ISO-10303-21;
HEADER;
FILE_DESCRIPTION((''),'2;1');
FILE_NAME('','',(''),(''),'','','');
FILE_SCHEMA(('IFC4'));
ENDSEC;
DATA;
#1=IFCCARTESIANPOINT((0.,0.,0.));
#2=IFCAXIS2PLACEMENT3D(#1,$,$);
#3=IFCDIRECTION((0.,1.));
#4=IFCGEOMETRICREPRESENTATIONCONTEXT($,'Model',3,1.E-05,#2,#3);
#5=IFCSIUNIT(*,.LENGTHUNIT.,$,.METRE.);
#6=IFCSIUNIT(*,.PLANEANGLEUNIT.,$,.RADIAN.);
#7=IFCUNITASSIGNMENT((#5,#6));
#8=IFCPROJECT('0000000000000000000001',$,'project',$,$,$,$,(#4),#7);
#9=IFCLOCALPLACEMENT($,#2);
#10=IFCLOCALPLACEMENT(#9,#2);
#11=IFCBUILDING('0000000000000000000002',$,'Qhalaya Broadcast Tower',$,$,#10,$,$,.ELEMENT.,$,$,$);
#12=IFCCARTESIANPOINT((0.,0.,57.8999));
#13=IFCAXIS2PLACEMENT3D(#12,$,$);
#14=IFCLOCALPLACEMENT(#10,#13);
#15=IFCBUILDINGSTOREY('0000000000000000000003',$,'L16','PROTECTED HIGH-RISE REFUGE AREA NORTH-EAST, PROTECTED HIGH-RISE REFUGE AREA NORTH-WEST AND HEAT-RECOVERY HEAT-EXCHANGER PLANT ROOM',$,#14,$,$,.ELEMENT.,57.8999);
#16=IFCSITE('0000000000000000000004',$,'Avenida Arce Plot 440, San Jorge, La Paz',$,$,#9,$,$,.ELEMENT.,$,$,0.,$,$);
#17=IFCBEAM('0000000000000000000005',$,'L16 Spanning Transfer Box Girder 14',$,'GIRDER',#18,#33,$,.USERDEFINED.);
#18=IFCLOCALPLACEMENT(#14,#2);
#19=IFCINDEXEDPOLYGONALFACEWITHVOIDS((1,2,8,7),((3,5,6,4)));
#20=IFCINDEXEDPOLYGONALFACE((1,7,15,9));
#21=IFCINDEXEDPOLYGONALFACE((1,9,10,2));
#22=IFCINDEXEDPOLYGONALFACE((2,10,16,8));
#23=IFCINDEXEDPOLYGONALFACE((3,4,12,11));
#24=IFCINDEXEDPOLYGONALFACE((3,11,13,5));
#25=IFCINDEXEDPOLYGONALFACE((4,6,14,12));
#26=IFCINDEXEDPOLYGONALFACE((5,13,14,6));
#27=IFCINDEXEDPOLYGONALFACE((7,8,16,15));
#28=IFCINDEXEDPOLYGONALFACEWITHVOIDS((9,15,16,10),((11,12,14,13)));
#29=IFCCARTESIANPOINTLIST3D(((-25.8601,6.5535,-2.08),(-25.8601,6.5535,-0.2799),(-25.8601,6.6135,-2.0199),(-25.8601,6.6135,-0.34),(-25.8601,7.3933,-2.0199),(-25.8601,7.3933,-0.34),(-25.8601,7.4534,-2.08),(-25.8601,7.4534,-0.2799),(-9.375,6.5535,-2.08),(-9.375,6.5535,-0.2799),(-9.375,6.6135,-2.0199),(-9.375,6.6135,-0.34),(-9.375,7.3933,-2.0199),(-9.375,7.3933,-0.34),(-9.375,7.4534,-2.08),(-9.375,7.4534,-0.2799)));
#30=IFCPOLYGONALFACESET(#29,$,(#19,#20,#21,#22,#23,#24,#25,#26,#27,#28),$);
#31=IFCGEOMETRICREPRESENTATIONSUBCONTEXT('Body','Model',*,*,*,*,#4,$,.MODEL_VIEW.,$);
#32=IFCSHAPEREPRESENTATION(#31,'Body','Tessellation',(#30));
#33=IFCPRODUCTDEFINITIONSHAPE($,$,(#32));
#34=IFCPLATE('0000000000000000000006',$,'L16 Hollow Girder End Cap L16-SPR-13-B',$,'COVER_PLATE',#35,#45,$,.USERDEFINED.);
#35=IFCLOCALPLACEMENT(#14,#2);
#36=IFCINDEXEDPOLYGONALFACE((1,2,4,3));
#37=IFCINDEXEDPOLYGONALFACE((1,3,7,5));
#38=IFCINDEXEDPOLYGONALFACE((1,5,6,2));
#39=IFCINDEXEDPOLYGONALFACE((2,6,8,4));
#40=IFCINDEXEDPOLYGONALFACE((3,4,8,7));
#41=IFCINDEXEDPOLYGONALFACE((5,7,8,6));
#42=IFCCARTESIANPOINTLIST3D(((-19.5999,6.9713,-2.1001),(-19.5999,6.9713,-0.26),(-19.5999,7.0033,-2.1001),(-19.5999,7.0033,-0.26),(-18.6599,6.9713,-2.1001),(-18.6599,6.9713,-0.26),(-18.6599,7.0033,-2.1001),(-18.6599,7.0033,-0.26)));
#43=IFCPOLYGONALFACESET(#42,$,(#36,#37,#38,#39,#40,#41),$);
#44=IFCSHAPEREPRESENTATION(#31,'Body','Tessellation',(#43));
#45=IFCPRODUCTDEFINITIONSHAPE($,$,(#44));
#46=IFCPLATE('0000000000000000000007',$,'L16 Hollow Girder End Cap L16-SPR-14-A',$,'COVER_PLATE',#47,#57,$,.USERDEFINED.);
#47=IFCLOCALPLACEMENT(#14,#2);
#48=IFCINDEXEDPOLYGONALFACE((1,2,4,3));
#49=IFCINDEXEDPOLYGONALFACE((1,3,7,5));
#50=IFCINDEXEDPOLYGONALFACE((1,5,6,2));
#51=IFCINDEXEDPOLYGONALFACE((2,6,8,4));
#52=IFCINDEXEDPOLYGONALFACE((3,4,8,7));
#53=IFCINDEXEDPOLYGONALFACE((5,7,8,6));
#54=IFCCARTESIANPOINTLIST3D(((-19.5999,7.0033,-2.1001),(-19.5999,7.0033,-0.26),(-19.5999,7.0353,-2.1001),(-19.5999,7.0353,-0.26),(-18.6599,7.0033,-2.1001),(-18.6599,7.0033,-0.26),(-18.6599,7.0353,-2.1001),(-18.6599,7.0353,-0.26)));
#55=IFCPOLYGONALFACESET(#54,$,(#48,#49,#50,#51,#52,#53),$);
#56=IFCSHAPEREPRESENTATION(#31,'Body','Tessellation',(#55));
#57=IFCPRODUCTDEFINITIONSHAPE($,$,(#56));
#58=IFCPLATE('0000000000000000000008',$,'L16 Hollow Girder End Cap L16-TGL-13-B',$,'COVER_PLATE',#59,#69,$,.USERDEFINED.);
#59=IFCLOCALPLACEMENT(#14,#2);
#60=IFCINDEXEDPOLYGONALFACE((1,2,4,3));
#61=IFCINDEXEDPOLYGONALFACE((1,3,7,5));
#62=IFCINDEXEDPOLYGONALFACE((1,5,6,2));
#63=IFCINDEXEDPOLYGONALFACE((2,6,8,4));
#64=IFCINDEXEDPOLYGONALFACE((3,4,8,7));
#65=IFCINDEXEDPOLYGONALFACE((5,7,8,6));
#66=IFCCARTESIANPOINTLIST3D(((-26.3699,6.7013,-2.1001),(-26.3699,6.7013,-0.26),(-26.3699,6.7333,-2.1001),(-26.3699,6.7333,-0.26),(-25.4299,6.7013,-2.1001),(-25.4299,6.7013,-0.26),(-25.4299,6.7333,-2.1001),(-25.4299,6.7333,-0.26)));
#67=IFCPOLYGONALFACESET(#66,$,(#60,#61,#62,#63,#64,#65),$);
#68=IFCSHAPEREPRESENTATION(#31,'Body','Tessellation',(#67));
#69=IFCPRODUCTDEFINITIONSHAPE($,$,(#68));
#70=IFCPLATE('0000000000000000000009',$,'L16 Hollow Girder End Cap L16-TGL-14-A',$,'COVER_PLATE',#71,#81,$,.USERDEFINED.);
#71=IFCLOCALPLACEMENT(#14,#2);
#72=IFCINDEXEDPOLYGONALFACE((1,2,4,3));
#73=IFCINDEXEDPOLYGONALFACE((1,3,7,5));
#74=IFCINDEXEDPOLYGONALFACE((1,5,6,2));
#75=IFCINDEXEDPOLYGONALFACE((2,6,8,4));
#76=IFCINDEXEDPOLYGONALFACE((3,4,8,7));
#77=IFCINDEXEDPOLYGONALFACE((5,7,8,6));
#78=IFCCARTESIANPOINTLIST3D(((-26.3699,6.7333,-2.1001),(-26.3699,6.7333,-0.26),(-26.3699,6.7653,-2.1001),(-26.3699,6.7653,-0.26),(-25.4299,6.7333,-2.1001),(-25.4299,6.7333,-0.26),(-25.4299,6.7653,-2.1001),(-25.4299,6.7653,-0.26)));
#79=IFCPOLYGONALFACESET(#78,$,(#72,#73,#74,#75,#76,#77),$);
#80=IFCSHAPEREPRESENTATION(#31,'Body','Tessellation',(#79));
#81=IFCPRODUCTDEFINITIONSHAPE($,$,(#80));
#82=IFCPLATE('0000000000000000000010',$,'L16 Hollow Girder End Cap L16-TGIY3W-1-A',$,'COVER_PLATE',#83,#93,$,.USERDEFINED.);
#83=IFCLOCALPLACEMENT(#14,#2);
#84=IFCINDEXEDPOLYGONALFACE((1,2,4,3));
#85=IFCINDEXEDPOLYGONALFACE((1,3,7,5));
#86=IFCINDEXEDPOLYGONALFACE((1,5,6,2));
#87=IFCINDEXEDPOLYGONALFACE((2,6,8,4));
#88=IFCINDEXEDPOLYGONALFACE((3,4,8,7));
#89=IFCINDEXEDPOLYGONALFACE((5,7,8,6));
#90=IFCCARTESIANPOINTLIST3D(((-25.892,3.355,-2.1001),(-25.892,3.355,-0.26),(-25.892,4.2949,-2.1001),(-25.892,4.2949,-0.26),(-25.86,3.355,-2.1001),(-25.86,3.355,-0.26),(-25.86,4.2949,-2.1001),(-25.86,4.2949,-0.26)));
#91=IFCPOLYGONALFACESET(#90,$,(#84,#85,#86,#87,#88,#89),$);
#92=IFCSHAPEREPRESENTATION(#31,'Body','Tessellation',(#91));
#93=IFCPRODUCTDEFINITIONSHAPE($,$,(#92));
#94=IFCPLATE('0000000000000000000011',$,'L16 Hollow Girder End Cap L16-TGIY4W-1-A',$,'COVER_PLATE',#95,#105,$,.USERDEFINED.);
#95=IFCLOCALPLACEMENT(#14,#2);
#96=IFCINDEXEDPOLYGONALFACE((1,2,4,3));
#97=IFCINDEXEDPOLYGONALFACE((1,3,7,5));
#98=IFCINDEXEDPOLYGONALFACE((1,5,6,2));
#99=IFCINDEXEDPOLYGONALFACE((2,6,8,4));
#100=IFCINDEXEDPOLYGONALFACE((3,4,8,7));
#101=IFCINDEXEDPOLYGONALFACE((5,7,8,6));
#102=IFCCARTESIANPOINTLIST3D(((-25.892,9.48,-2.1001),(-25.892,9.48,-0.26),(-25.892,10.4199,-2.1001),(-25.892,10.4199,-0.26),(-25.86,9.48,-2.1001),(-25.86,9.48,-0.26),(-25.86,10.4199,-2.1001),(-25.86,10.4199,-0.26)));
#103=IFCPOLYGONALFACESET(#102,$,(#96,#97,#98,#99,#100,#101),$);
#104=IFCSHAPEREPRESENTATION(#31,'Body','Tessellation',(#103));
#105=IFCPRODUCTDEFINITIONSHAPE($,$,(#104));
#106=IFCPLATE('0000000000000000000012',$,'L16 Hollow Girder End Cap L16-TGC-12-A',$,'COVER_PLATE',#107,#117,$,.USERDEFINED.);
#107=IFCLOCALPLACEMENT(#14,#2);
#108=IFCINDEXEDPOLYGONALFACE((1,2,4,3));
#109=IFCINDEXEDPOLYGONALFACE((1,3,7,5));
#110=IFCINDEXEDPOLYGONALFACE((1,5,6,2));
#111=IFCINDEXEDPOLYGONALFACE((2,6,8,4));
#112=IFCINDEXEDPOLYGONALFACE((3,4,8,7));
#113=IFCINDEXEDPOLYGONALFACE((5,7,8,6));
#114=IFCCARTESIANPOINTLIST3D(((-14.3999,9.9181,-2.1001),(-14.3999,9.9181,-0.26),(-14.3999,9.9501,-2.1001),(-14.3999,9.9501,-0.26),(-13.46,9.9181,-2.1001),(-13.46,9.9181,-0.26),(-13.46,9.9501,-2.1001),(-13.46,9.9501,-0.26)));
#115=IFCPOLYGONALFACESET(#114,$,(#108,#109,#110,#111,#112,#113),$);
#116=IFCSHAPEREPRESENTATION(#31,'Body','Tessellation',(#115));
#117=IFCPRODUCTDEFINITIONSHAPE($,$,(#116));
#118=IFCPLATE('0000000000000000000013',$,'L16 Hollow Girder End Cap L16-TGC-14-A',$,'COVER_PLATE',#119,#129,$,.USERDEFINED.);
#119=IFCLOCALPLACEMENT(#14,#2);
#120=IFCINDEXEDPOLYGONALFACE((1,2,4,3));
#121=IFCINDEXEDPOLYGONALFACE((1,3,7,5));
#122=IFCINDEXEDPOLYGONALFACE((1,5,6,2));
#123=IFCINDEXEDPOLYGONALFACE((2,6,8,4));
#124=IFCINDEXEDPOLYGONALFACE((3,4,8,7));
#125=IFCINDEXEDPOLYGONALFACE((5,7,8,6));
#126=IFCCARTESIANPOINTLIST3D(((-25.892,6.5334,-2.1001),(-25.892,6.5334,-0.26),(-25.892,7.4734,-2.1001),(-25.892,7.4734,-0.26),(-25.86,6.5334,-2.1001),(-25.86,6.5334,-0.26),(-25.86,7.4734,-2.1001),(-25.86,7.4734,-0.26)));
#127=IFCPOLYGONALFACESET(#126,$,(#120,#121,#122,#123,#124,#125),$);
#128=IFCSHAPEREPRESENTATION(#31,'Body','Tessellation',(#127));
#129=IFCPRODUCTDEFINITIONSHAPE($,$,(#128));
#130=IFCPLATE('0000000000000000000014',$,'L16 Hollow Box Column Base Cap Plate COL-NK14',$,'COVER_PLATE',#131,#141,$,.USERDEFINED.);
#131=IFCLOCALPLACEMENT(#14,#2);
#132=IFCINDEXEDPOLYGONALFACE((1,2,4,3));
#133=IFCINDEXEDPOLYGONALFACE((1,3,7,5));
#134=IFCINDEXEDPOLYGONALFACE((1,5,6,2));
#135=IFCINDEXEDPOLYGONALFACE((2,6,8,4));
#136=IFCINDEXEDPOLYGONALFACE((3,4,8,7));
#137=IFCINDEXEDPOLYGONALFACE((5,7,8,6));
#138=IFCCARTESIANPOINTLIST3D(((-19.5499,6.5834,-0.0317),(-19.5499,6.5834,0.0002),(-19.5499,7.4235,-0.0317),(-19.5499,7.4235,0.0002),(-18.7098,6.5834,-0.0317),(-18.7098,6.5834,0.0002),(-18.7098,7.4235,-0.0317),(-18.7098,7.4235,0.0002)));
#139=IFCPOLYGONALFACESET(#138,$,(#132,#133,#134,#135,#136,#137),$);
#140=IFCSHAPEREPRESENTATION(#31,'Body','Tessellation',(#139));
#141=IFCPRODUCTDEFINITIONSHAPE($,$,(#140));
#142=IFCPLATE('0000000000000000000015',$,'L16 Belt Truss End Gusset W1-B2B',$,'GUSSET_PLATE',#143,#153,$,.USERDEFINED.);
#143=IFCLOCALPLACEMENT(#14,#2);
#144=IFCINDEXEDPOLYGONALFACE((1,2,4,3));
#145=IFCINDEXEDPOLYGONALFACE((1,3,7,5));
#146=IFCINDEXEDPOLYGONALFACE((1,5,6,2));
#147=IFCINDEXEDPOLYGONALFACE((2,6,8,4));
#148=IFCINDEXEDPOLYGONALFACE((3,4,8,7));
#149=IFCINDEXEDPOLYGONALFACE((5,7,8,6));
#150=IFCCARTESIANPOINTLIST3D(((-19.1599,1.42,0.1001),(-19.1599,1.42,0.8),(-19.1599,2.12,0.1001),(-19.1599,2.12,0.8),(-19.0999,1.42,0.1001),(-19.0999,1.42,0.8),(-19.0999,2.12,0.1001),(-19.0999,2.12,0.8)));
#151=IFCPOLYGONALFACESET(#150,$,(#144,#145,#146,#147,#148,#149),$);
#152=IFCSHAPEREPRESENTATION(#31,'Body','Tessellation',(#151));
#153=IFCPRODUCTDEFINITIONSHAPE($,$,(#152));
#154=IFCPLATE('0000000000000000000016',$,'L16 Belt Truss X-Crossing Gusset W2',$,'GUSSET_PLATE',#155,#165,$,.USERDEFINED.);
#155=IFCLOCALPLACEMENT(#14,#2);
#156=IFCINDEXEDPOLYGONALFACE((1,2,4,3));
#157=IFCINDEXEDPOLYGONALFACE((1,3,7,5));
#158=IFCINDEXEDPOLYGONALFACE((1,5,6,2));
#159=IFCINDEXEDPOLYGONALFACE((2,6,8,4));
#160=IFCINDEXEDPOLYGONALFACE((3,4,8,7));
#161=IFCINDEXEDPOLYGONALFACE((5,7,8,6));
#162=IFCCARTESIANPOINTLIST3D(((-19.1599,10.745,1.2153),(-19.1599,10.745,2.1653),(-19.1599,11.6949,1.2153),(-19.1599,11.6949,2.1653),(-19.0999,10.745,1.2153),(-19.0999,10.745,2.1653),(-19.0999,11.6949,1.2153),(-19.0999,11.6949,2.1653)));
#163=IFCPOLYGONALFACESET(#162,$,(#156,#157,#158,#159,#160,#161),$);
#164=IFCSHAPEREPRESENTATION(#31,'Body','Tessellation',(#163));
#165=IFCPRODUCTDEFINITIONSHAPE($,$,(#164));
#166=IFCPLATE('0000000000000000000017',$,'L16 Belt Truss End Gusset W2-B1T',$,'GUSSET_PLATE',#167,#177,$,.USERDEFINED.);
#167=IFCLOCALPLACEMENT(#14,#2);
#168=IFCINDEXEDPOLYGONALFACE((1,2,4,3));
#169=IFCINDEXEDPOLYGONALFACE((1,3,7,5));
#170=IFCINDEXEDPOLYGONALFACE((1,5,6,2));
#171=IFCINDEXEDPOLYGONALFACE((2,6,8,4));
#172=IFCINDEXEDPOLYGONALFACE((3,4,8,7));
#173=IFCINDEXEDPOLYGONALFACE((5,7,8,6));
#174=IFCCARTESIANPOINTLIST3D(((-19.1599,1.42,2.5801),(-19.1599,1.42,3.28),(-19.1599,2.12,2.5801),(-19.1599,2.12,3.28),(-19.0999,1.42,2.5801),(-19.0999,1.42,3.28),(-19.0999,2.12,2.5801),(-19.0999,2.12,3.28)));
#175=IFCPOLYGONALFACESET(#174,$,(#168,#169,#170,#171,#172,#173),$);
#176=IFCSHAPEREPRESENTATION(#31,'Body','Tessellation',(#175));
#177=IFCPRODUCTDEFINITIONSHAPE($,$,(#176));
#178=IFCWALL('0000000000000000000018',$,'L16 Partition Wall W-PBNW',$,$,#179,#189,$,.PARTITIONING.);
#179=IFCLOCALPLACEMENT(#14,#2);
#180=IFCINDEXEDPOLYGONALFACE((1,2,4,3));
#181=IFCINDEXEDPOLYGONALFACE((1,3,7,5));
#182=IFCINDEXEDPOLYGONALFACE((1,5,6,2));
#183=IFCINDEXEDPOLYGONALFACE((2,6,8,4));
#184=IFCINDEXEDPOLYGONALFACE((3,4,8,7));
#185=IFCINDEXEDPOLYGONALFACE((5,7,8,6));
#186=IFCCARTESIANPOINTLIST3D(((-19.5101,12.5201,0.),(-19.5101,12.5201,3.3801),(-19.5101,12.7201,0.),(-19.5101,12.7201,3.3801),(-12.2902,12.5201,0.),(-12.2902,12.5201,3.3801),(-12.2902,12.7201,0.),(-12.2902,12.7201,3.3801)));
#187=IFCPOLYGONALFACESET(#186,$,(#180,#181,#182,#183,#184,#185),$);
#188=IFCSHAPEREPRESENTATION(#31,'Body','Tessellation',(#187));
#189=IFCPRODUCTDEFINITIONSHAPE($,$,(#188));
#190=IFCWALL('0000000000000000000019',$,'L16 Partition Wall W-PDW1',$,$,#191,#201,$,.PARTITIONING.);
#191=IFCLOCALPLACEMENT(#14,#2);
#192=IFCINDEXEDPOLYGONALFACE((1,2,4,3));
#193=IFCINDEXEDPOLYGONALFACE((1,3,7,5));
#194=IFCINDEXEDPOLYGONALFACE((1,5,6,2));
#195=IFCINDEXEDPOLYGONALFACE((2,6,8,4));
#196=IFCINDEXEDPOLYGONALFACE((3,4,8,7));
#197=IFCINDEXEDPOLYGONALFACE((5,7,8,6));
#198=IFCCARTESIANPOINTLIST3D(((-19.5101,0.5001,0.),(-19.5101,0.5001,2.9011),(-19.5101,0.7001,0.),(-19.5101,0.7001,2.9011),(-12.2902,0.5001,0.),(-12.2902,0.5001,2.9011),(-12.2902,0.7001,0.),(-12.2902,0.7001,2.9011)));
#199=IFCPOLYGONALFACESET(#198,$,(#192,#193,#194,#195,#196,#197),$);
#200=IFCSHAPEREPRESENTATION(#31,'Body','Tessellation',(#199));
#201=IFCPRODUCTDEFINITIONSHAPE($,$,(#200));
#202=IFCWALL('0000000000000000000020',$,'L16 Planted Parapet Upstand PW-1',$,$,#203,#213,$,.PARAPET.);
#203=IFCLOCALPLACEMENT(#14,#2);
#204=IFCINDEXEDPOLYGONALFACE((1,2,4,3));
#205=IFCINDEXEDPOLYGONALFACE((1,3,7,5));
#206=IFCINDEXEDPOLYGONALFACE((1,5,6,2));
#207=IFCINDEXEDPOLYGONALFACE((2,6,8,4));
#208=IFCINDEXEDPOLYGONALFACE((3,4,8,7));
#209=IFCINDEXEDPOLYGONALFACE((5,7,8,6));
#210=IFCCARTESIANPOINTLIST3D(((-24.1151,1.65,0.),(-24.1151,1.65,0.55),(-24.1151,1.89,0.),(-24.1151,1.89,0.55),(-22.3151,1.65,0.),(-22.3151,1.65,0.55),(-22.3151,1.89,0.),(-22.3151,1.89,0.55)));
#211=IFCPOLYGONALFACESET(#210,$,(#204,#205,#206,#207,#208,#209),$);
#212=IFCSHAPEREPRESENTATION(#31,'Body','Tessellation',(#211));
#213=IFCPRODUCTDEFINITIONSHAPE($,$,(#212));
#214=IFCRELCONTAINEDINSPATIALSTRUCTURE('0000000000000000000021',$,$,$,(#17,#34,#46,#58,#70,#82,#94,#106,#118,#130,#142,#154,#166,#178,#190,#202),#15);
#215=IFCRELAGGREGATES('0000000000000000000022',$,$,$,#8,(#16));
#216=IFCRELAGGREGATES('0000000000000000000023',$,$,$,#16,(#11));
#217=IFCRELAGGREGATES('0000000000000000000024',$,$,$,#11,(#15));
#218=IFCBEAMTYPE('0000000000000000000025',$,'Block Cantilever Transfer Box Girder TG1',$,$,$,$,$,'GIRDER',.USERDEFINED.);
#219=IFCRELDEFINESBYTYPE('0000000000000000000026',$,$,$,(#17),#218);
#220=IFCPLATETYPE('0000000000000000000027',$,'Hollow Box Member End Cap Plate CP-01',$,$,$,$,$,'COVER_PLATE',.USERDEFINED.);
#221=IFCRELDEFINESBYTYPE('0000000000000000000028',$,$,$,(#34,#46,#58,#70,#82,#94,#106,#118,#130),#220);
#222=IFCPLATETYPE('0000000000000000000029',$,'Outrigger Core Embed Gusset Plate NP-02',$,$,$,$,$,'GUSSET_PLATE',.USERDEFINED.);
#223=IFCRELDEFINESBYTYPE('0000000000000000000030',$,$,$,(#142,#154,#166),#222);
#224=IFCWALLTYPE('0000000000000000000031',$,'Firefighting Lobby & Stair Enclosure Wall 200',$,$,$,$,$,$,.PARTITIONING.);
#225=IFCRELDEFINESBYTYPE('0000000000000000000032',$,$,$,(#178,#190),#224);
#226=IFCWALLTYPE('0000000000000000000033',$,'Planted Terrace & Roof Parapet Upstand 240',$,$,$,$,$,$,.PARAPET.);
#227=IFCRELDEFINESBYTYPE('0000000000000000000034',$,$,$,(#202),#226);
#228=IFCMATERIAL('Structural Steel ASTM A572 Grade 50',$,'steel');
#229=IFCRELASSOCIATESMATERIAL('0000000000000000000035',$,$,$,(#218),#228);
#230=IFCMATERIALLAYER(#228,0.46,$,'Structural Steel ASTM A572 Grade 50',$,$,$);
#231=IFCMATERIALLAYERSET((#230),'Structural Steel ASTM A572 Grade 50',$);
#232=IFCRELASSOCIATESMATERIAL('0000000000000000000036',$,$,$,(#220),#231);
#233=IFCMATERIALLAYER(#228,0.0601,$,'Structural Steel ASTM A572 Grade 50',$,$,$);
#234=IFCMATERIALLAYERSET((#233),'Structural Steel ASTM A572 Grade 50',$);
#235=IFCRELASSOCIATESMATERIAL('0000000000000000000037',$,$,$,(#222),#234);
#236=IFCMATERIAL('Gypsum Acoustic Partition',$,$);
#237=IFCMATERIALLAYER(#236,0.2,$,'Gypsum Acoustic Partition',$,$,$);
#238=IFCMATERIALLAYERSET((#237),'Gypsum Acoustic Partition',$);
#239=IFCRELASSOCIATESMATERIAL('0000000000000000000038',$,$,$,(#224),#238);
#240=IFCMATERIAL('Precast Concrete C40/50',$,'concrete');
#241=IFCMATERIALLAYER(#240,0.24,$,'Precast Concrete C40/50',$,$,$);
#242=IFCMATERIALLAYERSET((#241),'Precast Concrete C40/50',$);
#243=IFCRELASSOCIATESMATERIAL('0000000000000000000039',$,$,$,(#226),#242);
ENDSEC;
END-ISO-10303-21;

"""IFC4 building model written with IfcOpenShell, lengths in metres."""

from ifc_helpers import new_model, si_unit, direction, frame, frame_2d, origin, origin_2d, place, context, subcontext, project, spatial, rectangle, hollow_rectangle, extrude, material, layer, layer_set, material_profile, profile_set, type_object, element, save


model = new_model("IFC4")

# Units and contexts
model_context = context("Model", 3, precision=1e-05, world=origin(), true_north=direction((0.0, 1.0)))
body_context = subcontext(model_context, "Body", "Model", "MODEL_VIEW")
ifc_project = project(units=[si_unit("LENGTHUNIT", "METRE"), si_unit("PLANEANGLEUNIT", "RADIAN")], contexts=[model_context])

# Site, building, storey
site_placement = place(None, origin())
site = spatial("IfcSite", under=ifc_project, at=site_placement, Name="Avenida Arce Plot 440, San Jorge, La Paz", CompositionType="ELEMENT", RefElevation=0.0)
building_placement = place(site_placement, origin())
building = spatial("IfcBuilding", under=site, at=building_placement, Name="Qhalaya Broadcast Tower", CompositionType="ELEMENT")
storey_placement = place(building_placement, frame((0.0, 0.0, 57.8999)))
storey = spatial("IfcBuildingStorey", under=building, at=storey_placement, Name="L16", Description="PROTECTED HIGH-RISE REFUGE AREA NORTH-EAST, PROTECTED HIGH-RISE REFUGE AREA NORTH-WEST AND HEAT-RECOVERY HEAT-EXCHANGER PLANT ROOM", CompositionType="ELEMENT", Elevation=57.8999)

# Shared definitions
ifc_material_1 = material(Name="Structural Steel ASTM A572 Grade 50", Category="steel")

# Beam
ifc_material_profile_1 = material_profile(ifc_material_1, hollow_rectangle(XDim=0.8999, YDim=1.8, WallThickness=0.0601, at=origin_2d()), Name="BOX 900x1800x60")
ifc_profile_set_1 = profile_set([ifc_material_profile_1], Name="Structural Steel ASTM A572 Grade 50")
beam_type = type_object("IfcBeamType", Name="Block Cantilever Transfer Box Girder TG1", ElementType="GIRDER", PredefinedType="USERDEFINED", material=ifc_profile_set_1)
beam_1_placement = place(storey_placement, frame((-25.8601, 7.0034, -1.1799), z_axis=(1.0, 0.0, 0.0), x_axis=(0.0, 1.0, 0.0)))
element("IfcBeam", 1, at=beam_1_placement, inside=storey, type_object=beam_type, Name="L16 Spanning Transfer Box Girder 14", ObjectType="GIRDER", PredefinedType="USERDEFINED", context=body_context, shape_type="SweptSolid", body=[
    extrude(hollow_rectangle(XDim=0.8999, YDim=1.8, WallThickness=0.0601, at=origin_2d()), origin(), (0.0, 0.0, 1.0), 16.4851),
])

# Plates
ifc_layer_1 = layer(ifc_material_1, 0.46, Name="Structural Steel ASTM A572 Grade 50")
ifc_layer_set_1 = layer_set([ifc_layer_1], Name="Structural Steel ASTM A572 Grade 50")
plate_type_1 = type_object("IfcPlateType", Name="Hollow Box Member End Cap Plate CP-01", ElementType="COVER_PLATE", PredefinedType="USERDEFINED", material=ifc_layer_set_1)
for number, where, z_axis, x_axis, name in (
    (2, (-19.1299, 6.9873, -2.1001), (0.0, 0.0, 1.0), (1.0, 0.0, 0.0), "L16 Hollow Girder End Cap L16-SPR-13-B"),
    (3, (-19.1299, 7.0193, -2.1001), (0.0, 0.0, 1.0), (1.0, 0.0, 0.0), "L16 Hollow Girder End Cap L16-SPR-14-A"),
    (4, (-25.8999, 6.7173, -2.1001), (0.0, 0.0, 1.0), (1.0, 0.0, 0.0), "L16 Hollow Girder End Cap L16-TGL-13-B"),
    (5, (-25.8999, 6.7493, -2.1001), (0.0, 0.0, 1.0), (1.0, 0.0, 0.0), "L16 Hollow Girder End Cap L16-TGL-14-A"),
    (6, (-25.876, 3.825, -2.1001), (0.0, 0.0, 1.0), (0.0, 1.0, 0.0), "L16 Hollow Girder End Cap L16-TGIY3W-1-A"),
    (7, (-25.876, 9.95, -2.1001), (0.0, 0.0, 1.0), (0.0, 1.0, 0.0), "L16 Hollow Girder End Cap L16-TGIY4W-1-A"),
    (8, (-13.9299, 9.9341, -2.1001), (0.0, 0.0, 1.0), (-1.0, 0.0, 0.0), "L16 Hollow Girder End Cap L16-TGC-12-A"),
    (9, (-25.876, 7.0034, -2.1001), (0.0, 0.0, 1.0), (0.0, 1.0, 0.0), "L16 Hollow Girder End Cap L16-TGC-14-A"),
):
    element("IfcPlate", number, at=place(storey_placement, frame(where, z_axis=z_axis, x_axis=x_axis)), inside=storey, type_object=plate_type_1, Name=name, ObjectType="COVER_PLATE", PredefinedType="USERDEFINED", context=body_context, shape_type="SweptSolid", body=[
        extrude(rectangle(XDim=0.9399, YDim=0.032, at=origin_2d()), origin(), (0.0, 0.0, 1.0), 1.8401),
    ])
plate_1_placement = place(storey_placement, frame((-19.1299, 7.0034, -0.0317), z_axis=(0.0, 0.0, 1.0), x_axis=(0.0, 1.0, 0.0)))
element("IfcPlate", 10, at=plate_1_placement, inside=storey, type_object=plate_type_1, Name="L16 Hollow Box Column Base Cap Plate COL-NK14", ObjectType="COVER_PLATE", PredefinedType="USERDEFINED", context=body_context, shape_type="SweptSolid", body=[
    extrude(rectangle(XDim=0.8401, YDim=0.8401, at=origin_2d()), origin(), (0.0, 0.0, 1.0), 0.032),
])
ifc_layer_2 = layer(ifc_material_1, 0.0601, Name="Structural Steel ASTM A572 Grade 50")
ifc_layer_set_2 = layer_set([ifc_layer_2], Name="Structural Steel ASTM A572 Grade 50")
plate_type_2 = type_object("IfcPlateType", Name="Outrigger Core Embed Gusset Plate NP-02", ElementType="GUSSET_PLATE", PredefinedType="USERDEFINED", material=ifc_layer_set_2)
plate_2_placement = place(storey_placement, frame((-19.1299, 1.77, 0.1001), z_axis=(0.0, 0.0, 1.0), x_axis=(0.0, 1.0, 0.0)))
element("IfcPlate", 11, at=plate_2_placement, inside=storey, type_object=plate_type_2, Name="L16 Belt Truss End Gusset W1-B2B", ObjectType="GUSSET_PLATE", PredefinedType="USERDEFINED", context=body_context, shape_type="SweptSolid", body=[
    extrude(rectangle(XDim=0.7, YDim=0.0601, at=origin_2d()), origin(), (0.0, 0.0, 1.0), 0.7),
])
plate_3_placement = place(storey_placement, frame((-19.1299, 11.22, 1.2153), z_axis=(0.0, 0.0, 1.0), x_axis=(0.0, 1.0, 0.0)))
element("IfcPlate", 12, at=plate_3_placement, inside=storey, type_object=plate_type_2, Name="L16 Belt Truss X-Crossing Gusset W2", ObjectType="GUSSET_PLATE", PredefinedType="USERDEFINED", context=body_context, shape_type="SweptSolid", body=[
    extrude(rectangle(XDim=0.95, YDim=0.0601, at=origin_2d()), origin(), (0.0, 0.0, 1.0), 0.95),
])
plate_4_placement = place(storey_placement, frame((-19.1299, 1.77, 2.5801), z_axis=(0.0, 0.0, 1.0), x_axis=(0.0, 1.0, 0.0)))
element("IfcPlate", 13, at=plate_4_placement, inside=storey, type_object=plate_type_2, Name="L16 Belt Truss End Gusset W2-B1T", ObjectType="GUSSET_PLATE", PredefinedType="USERDEFINED", context=body_context, shape_type="SweptSolid", body=[
    extrude(rectangle(XDim=0.7, YDim=0.0601, at=origin_2d()), origin(), (0.0, 0.0, 1.0), 0.7),
])

# Walls
ifc_material_2 = material(Name="Gypsum Acoustic Partition")
ifc_layer_3 = layer(ifc_material_2, 0.2, Name="Gypsum Acoustic Partition")
ifc_layer_set_3 = layer_set([ifc_layer_3], Name="Gypsum Acoustic Partition")
wall_type_1 = type_object("IfcWallType", Name="Firefighting Lobby & Stair Enclosure Wall 200", PredefinedType="PARTITIONING", material=ifc_layer_set_3)
wall_1_placement = place(storey_placement, frame((-19.51, 12.6201, 0.0), z_axis=(0.0, 0.0, 1.0), x_axis=(1.0, 0.0, 0.0)))
element("IfcWall", 14, at=wall_1_placement, inside=storey, type_object=wall_type_1, Name="L16 Partition Wall W-PBNW", PredefinedType="PARTITIONING", context=body_context, shape_type="SweptSolid", body=[
    extrude(rectangle(XDim=7.22, YDim=0.2, at=frame_2d((3.6099, 0.0))), origin(), (0.0, 0.0, 1.0), 3.3801),
])
wall_2_placement = place(storey_placement, frame((-19.51, 0.6001, 0.0), z_axis=(0.0, 0.0, 1.0), x_axis=(1.0, 0.0, 0.0)))
element("IfcWall", 15, at=wall_2_placement, inside=storey, type_object=wall_type_1, Name="L16 Partition Wall W-PDW1", PredefinedType="PARTITIONING", context=body_context, shape_type="SweptSolid", body=[
    extrude(rectangle(XDim=7.22, YDim=0.2, at=frame_2d((3.6099, 0.0))), origin(), (0.0, 0.0, 1.0), 2.9011),
])
ifc_material_3 = material(Name="Precast Concrete C40/50", Category="concrete")
ifc_layer_4 = layer(ifc_material_3, 0.24, Name="Precast Concrete C40/50")
ifc_layer_set_4 = layer_set([ifc_layer_4], Name="Precast Concrete C40/50")
wall_type_2 = type_object("IfcWallType", Name="Planted Terrace & Roof Parapet Upstand 240", PredefinedType="PARAPET", material=ifc_layer_set_4)
wall_3_placement = place(storey_placement, frame((-24.115, 1.77, 0.0), z_axis=(0.0, 0.0, 1.0), x_axis=(1.0, 0.0, 0.0)))
element("IfcWall", 16, at=wall_3_placement, inside=storey, type_object=wall_type_2, Name="L16 Planted Parapet Upstand PW-1", PredefinedType="PARAPET", context=body_context, shape_type="SweptSolid", body=[
    extrude(rectangle(XDim=1.8, YDim=0.24, at=frame_2d((0.8999, 0.0))), origin(), (0.0, 0.0, 1.0), 0.55),
])

save(model, "model.ifc")
